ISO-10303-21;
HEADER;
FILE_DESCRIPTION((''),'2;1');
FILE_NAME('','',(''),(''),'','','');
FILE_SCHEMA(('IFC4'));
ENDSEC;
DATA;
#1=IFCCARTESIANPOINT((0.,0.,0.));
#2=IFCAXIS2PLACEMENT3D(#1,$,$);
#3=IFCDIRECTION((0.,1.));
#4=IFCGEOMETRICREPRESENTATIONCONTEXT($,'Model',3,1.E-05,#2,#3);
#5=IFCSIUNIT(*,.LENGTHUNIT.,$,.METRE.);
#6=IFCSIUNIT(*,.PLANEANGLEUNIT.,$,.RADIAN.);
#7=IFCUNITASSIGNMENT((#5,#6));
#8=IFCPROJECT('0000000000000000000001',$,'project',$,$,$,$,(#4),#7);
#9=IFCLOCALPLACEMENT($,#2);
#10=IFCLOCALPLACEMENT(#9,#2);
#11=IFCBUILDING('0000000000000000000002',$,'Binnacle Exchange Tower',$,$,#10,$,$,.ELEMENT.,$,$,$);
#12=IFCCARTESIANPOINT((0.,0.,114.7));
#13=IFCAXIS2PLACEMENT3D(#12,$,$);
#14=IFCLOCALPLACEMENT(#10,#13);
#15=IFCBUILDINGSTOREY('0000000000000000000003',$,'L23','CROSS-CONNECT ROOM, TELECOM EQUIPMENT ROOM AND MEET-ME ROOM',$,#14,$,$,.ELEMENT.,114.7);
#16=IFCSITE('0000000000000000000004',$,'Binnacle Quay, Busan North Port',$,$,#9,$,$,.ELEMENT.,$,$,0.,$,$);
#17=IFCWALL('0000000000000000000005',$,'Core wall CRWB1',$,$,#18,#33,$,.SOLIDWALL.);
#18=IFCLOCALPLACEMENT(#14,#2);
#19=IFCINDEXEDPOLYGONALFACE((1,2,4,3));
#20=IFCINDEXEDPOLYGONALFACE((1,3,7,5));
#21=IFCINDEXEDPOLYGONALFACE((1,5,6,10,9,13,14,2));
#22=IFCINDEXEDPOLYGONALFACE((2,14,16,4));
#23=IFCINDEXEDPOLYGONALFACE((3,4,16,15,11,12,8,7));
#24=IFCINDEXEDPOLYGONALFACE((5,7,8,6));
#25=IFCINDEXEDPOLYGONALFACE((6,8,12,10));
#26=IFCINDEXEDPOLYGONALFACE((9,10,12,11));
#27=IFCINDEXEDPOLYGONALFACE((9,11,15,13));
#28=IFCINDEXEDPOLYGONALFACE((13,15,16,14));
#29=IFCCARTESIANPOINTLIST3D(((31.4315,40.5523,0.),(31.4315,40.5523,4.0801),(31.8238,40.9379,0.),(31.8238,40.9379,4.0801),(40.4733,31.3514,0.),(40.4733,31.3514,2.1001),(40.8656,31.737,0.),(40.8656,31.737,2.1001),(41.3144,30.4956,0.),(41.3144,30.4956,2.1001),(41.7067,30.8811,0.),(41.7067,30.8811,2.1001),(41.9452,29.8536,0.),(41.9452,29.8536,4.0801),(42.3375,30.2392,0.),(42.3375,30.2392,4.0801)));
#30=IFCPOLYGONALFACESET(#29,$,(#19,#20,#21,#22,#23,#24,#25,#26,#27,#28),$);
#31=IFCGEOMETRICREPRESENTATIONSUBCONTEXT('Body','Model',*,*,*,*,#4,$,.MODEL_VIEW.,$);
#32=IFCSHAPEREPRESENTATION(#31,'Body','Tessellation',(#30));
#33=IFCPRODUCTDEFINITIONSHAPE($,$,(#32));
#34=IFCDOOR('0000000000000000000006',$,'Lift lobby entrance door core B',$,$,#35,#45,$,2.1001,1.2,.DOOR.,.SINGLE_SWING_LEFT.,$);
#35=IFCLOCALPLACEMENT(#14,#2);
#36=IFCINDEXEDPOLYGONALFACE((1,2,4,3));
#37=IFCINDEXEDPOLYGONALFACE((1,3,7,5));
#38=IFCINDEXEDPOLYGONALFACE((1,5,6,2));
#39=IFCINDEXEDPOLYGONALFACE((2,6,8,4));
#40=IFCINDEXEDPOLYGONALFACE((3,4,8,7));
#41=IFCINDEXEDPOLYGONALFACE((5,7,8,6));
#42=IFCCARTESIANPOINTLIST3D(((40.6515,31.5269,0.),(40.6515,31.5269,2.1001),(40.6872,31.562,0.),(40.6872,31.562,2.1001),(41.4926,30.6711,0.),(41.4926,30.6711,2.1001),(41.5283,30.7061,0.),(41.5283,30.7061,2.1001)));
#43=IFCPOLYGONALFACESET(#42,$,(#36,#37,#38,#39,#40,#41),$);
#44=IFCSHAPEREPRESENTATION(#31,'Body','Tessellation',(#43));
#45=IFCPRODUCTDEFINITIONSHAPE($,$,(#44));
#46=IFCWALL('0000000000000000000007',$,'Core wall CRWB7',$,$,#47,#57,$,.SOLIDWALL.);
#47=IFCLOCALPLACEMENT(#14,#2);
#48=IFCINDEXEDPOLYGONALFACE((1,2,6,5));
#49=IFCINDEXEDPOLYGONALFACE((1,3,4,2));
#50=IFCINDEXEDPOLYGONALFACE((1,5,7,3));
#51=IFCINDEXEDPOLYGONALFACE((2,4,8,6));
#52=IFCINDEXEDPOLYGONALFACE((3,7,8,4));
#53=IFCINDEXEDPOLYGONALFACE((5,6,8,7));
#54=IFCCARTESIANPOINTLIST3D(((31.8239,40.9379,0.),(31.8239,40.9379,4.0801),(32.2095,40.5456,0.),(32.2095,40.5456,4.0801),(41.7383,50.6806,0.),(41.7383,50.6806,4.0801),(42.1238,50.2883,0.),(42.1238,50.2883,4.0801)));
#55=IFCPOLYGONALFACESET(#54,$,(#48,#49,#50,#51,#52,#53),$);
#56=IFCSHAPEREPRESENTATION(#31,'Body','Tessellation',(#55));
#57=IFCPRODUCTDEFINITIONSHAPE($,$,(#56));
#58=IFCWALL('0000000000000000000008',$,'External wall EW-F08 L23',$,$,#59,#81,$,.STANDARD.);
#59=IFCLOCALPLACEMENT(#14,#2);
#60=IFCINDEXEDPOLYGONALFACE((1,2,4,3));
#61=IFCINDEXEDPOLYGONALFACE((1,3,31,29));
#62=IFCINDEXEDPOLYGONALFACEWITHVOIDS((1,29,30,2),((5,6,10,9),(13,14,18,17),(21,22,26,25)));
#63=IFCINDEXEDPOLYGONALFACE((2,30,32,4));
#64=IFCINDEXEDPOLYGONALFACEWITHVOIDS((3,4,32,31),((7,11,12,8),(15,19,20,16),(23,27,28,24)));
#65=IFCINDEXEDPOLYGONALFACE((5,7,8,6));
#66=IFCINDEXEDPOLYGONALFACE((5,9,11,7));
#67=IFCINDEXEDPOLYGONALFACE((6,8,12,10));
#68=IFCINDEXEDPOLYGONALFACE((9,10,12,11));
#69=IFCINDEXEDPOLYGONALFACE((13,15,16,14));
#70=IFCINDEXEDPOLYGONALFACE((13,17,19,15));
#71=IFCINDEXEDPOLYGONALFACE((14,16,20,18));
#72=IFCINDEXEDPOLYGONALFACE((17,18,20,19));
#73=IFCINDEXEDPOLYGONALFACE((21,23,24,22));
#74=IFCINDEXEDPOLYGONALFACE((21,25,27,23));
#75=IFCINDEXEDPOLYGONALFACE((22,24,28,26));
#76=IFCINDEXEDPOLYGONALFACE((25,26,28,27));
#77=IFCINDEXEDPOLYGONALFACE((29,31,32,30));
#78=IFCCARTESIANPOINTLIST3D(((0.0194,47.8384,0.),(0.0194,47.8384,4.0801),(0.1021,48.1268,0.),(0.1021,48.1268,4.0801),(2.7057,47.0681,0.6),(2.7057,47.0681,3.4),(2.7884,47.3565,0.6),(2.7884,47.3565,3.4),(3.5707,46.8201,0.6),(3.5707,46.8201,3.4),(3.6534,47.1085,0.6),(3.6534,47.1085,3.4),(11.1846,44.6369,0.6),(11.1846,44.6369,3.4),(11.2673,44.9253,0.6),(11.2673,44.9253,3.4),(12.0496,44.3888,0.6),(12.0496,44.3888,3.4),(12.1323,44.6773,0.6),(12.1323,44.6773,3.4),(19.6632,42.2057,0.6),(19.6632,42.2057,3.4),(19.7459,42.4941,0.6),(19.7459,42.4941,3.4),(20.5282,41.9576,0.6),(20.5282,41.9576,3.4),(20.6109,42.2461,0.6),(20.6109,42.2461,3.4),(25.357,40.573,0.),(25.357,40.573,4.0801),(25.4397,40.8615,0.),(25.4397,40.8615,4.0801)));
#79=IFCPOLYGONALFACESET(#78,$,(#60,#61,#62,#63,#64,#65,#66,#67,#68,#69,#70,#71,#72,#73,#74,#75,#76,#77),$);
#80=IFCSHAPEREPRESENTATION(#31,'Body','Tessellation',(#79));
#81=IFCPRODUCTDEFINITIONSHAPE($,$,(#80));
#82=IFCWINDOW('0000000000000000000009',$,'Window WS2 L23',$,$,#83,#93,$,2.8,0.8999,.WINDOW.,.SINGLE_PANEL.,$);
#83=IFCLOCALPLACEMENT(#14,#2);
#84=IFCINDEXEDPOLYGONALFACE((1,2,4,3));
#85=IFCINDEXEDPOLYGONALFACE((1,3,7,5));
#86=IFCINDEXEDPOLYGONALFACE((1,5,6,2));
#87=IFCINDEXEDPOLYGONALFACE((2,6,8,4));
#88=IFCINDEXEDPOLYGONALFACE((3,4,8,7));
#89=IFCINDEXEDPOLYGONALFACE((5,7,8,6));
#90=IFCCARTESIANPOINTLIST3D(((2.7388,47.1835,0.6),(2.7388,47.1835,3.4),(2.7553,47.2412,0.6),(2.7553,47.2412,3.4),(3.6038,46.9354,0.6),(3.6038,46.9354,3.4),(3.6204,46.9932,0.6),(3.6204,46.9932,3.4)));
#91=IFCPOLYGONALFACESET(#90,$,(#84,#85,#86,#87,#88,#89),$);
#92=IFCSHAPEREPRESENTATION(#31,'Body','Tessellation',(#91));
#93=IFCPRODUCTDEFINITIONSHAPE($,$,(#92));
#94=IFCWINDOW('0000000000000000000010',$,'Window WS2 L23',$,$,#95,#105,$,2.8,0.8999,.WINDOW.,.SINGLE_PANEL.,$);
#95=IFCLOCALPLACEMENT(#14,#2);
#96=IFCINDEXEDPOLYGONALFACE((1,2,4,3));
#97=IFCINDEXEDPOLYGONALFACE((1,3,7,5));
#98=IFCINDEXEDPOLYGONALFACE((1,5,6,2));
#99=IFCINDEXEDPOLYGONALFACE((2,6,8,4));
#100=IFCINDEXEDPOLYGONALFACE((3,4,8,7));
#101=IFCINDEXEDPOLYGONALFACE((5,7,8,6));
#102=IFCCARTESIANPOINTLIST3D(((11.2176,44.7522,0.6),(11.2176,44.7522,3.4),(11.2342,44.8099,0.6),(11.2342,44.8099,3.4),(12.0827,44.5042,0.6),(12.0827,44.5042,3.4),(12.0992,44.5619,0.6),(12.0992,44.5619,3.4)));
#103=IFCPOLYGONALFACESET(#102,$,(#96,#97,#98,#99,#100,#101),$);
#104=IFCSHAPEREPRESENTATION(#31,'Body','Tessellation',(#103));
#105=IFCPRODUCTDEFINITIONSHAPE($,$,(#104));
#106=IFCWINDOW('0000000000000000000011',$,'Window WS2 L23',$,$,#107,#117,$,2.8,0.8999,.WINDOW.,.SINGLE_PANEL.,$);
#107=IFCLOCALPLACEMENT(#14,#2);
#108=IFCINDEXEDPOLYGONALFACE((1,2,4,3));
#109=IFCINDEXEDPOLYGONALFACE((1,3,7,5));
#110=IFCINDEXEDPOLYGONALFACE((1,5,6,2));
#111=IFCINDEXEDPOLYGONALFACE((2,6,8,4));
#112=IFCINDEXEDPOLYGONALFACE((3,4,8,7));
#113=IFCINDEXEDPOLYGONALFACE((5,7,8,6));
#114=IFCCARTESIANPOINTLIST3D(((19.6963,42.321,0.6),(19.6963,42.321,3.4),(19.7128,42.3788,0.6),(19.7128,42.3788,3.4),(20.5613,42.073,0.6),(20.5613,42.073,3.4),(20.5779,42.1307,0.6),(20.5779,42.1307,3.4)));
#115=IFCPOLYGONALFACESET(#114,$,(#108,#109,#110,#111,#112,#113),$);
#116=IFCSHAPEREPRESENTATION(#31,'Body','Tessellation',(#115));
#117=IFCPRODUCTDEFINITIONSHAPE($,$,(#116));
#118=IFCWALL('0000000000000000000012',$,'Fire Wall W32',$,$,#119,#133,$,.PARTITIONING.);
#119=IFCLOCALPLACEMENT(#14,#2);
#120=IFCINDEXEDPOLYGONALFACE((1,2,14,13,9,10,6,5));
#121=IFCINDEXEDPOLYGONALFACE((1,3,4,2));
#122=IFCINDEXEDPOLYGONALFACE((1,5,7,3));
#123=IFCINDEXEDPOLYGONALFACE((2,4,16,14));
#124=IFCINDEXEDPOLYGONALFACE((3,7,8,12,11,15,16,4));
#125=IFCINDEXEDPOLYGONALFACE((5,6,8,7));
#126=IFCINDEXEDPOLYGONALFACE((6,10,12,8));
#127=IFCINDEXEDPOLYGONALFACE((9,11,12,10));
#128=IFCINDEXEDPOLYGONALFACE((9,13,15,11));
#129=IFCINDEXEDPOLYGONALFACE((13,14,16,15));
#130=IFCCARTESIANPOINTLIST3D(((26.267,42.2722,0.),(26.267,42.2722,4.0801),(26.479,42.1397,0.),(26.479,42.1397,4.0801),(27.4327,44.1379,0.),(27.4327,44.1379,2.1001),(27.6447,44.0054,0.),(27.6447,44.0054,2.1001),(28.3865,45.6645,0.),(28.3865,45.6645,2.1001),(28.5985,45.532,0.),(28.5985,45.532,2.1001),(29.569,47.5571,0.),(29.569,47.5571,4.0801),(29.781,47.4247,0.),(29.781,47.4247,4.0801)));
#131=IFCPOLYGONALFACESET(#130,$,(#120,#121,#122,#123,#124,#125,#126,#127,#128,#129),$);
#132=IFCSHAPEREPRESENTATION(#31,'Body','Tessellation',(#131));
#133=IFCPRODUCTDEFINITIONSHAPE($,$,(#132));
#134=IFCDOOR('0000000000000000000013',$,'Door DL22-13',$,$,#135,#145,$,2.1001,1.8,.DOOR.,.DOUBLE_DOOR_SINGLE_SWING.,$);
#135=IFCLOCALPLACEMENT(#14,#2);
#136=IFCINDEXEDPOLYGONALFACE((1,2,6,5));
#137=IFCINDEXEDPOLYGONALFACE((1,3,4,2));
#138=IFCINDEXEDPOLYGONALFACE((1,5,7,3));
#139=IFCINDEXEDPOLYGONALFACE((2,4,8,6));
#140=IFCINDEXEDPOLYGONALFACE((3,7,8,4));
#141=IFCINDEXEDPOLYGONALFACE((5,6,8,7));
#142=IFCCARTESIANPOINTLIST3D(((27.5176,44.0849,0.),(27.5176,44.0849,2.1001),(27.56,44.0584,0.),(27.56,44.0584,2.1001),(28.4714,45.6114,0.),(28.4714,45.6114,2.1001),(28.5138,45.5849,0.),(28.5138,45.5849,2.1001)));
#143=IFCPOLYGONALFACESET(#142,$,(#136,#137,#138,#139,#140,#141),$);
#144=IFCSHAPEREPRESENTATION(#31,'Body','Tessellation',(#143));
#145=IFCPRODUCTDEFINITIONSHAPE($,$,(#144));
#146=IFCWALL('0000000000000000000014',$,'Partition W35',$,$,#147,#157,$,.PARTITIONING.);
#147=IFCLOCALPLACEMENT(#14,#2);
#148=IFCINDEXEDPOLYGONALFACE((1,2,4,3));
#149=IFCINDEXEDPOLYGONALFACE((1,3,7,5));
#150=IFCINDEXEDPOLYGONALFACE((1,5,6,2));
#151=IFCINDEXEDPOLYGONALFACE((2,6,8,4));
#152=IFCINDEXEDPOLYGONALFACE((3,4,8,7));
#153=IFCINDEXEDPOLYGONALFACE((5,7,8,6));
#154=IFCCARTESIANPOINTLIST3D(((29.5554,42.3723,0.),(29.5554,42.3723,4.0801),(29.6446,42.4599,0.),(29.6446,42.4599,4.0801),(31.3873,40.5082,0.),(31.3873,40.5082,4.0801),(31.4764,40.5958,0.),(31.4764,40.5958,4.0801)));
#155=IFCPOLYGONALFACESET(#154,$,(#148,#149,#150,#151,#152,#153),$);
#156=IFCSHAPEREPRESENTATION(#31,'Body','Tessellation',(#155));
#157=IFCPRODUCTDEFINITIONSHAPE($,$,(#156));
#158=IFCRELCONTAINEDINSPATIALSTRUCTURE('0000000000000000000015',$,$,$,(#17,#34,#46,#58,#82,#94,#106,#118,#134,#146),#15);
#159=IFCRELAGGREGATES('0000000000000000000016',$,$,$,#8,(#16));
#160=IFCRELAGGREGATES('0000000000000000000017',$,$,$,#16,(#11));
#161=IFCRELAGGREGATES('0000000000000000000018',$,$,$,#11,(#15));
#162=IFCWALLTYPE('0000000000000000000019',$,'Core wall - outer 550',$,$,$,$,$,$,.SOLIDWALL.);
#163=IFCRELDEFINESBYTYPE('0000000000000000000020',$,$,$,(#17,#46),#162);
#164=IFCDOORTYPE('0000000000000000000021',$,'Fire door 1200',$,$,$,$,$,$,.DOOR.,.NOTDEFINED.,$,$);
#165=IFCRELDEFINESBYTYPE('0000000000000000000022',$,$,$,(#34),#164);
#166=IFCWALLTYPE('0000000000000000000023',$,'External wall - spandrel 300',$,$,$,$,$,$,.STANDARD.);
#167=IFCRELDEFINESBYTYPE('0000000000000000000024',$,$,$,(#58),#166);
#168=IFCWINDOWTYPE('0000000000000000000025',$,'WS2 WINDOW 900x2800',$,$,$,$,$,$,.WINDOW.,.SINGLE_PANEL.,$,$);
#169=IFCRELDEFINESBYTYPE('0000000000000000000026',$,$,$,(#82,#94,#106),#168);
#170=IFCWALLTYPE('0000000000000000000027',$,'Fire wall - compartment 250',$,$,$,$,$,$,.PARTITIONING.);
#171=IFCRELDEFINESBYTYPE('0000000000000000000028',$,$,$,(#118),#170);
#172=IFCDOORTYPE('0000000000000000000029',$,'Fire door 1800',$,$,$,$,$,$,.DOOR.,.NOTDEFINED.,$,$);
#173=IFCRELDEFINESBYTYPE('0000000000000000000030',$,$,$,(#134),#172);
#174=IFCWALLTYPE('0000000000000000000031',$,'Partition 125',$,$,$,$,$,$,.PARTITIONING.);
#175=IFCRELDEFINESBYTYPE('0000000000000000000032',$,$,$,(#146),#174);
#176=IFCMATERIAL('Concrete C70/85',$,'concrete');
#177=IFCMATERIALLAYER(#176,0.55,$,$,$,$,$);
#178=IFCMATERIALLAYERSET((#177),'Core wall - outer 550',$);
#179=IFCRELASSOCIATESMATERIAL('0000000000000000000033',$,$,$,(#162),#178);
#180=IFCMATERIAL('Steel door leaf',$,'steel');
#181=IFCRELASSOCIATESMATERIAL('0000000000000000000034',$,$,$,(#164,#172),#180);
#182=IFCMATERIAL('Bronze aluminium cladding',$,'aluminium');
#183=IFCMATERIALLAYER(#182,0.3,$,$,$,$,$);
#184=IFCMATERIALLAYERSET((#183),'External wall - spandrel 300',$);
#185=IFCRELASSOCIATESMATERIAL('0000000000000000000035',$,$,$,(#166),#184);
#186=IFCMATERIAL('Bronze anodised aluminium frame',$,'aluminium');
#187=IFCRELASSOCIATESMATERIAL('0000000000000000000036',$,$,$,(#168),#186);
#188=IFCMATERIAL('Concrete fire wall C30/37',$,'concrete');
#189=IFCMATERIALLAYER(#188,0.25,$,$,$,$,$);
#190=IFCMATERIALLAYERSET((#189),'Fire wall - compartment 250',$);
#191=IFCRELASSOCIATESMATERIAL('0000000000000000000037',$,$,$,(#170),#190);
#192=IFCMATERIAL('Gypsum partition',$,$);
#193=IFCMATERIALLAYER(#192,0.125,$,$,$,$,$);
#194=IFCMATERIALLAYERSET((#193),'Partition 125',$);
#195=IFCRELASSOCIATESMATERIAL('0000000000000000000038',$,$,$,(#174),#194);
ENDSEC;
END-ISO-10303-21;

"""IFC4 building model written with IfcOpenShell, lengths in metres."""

from ifc_helpers import new_model, si_unit, direction, frame, frame_2d, origin, place, context, subcontext, project, spatial, rectangle, extrude, material, layer, layer_set, type_object, element, fill, save


model = new_model("IFC4")

# Units and contexts
model_context = context("Model", 3, precision=1e-05, world=origin(), true_north=direction((0.0, 1.0)))
body_context = subcontext(model_context, "Body", "Model", "MODEL_VIEW")
ifc_project = project(units=[si_unit("LENGTHUNIT", "METRE"), si_unit("PLANEANGLEUNIT", "RADIAN")], contexts=[model_context])

# Site, building, storey
site_placement = place(None, origin())
site = spatial("IfcSite", under=ifc_project, at=site_placement, Name="Binnacle Quay, Busan North Port", CompositionType="ELEMENT", RefElevation=0.0)
building_placement = place(site_placement, origin())
building = spatial("IfcBuilding", under=site, at=building_placement, Name="Binnacle Exchange Tower", CompositionType="ELEMENT")
storey_placement = place(building_placement, frame((0.0, 0.0, 114.7)))
storey = spatial("IfcBuildingStorey", under=building, at=storey_placement, Name="L23", Description="CROSS-CONNECT ROOM, TELECOM EQUIPMENT ROOM AND MEET-ME ROOM", CompositionType="ELEMENT", Elevation=114.7)

# Shared definitions
ifc_material_1 = material(Name="Concrete C70/85", Category="concrete")

# Wall, opening, door
ifc_layer_1 = layer(ifc_material_1, 0.55)
ifc_layer_set_1 = layer_set([ifc_layer_1], Name="Core wall - outer 550")
wall_type_1 = type_object("IfcWallType", Name="Core wall - outer 550", PredefinedType="SOLIDWALL", material=ifc_layer_set_1)
wall_1_placement = place(storey_placement, frame((31.6277, 40.7451, 0.0), z_axis=(0.0, 0.0, 1.0), x_axis=(0.700911, -0.713248, 0.0)))
wall_1 = element("IfcWall", 1, at=wall_1_placement, inside=storey, type_object=wall_type_1, Name="Core wall CRWB1", PredefinedType="SOLIDWALL", context=body_context, shape_type="SweptSolid", body=[
    extrude(rectangle(XDim=15.0, YDim=0.55, at=frame_2d((7.5, 0.0))), origin(), (0.0, 0.0, 1.0), 4.0801),
])
opening_1_placement = place(wall_1_placement, frame((12.8999, 0.0, 0.0)))
opening_1 = element("IfcOpeningElement", 2, at=opening_1_placement, cuts=wall_1, PredefinedType="OPENING", context=body_context, shape_type="SweptSolid", body=[
    extrude(rectangle(XDim=1.2, YDim=2.1001, at=frame_2d((0.6001, 1.05))), frame((0.0, 0.2849, 0.0), z_axis=(0.0, -1.0, 0.0), x_axis=(1.0, 0.0, 0.0)), (0.0, 0.0, 1.0), 0.5701),
])
ifc_material_2 = material(Name="Steel door leaf", Category="steel")
door_type_1 = type_object("IfcDoorType", Name="Fire door 1200", OperationType="NOTDEFINED", PredefinedType="DOOR", material=ifc_material_2)
door_1_placement = place(opening_1_placement, frame((1.2, 0.0, 0.0), z_axis=(0.0, 0.0, 1.0), x_axis=(-1.0, 0.0, 0.0)))
door_1 = element("IfcDoor", 3, at=door_1_placement, inside=storey, type_object=door_type_1, Name="Lift lobby entrance door core B", OperationType="SINGLE_SWING_LEFT", OverallHeight=2.1001, OverallWidth=1.2, PredefinedType="DOOR", context=body_context, shape_type="SweptSolid", body=[
    extrude(rectangle(XDim=1.2, YDim=2.1001, at=frame_2d((0.6001, 1.05))), frame((0.0, 0.0249, 0.0), z_axis=(0.0, -1.0, 0.0), x_axis=(1.0, 0.0, 0.0)), (0.0, 0.0, 1.0), 0.05),
])
fill(opening_1, door_1)

# Wall
wall_2_placement = place(storey_placement, frame((32.0166, 40.7417, 0.0), z_axis=(0.0, 0.0, 1.0), x_axis=(0.713254, 0.700906, 0.0)))
element("IfcWall", 4, at=wall_2_placement, inside=storey, type_object=wall_type_1, Name="Core wall CRWB7", PredefinedType="SOLIDWALL", context=body_context, shape_type="SweptSolid", body=[
    extrude(rectangle(XDim=13.9001, YDim=0.55, at=frame_2d((6.9502, 0.0))), origin(), (0.0, 0.0, 1.0), 4.0801),
])

# Wall, openings, windows
ifc_material_3 = material(Name="Bronze aluminium cladding", Category="aluminium")
ifc_layer_2 = layer(ifc_material_3, 0.3)
ifc_layer_set_2 = layer_set([ifc_layer_2], Name="External wall - spandrel 300")
wall_type_2 = type_object("IfcWallType", Name="External wall - spandrel 300", PredefinedType="STANDARD", material=ifc_layer_set_2)
wall_3_placement = place(storey_placement, frame((25.3982, 40.7173, 0.0), z_axis=(0.0, 0.0, 1.0), x_axis=(-0.961262, 0.275635, 0.0)))
wall_3 = element("IfcWall", 5, at=wall_3_placement, inside=storey, type_object=wall_type_2, Name="External wall EW-F08 L23", PredefinedType="STANDARD", context=body_context, shape_type="SweptSolid", body=[
    extrude(rectangle(XDim=26.3586, YDim=0.3, at=frame_2d((13.1792, 0.0))), origin(), (0.0, 0.0, 1.0), 4.0801),
])
opening_2_placement = place(wall_3_placement, frame((22.6641, 0.0, 0.6001)))
opening_2 = element("IfcOpeningElement", 6, at=opening_2_placement, cuts=wall_3, PredefinedType="OPENING", context=body_context, shape_type="SweptSolid", body=[
    extrude(rectangle(XDim=0.8999, YDim=2.8, at=frame_2d((0.45, 1.3999))), frame((0.0, 0.1599, 0.0), z_axis=(0.0, -1.0, 0.0), x_axis=(1.0, 0.0, 0.0)), (0.0, 0.0, 1.0), 0.3201),
])
opening_3_placement = place(wall_3_placement, frame((13.8435, 0.0, 0.6001)))
opening_3 = element("IfcOpeningElement", 7, at=opening_3_placement, cuts=wall_3, PredefinedType="OPENING", context=body_context, shape_type="SweptSolid", body=[
    extrude(rectangle(XDim=0.8999, YDim=2.8, at=frame_2d((0.45, 1.3999))), frame((0.0, 0.1599, 0.0), z_axis=(0.0, -1.0, 0.0), x_axis=(1.0, 0.0, 0.0)), (0.0, 0.0, 1.0), 0.3201),
])
opening_4_placement = place(wall_3_placement, frame((5.0232, 0.0, 0.6001)))
opening_4 = element("IfcOpeningElement", 8, at=opening_4_placement, cuts=wall_3, PredefinedType="OPENING", context=body_context, shape_type="SweptSolid", body=[
    extrude(rectangle(XDim=0.8999, YDim=2.8, at=frame_2d((0.45, 1.3999))), frame((0.0, 0.1599, 0.0), z_axis=(0.0, -1.0, 0.0), x_axis=(1.0, 0.0, 0.0)), (0.0, 0.0, 1.0), 0.3201),
])
ifc_material_4 = material(Name="Bronze anodised aluminium frame", Category="aluminium")
window_type = type_object("IfcWindowType", Name="WS2 WINDOW 900x2800", PartitioningType="SINGLE_PANEL", PredefinedType="WINDOW", material=ifc_material_4)
window_1_placement = place(opening_2_placement, origin())
window_1 = element("IfcWindow", 9, at=window_1_placement, inside=storey, type_object=window_type, Name="Window WS2 L23", OverallHeight=2.8, OverallWidth=0.8999, PartitioningType="SINGLE_PANEL", PredefinedType="WINDOW", context=body_context, shape_type="SweptSolid", body=[
    extrude(rectangle(XDim=0.8999, YDim=2.8, at=frame_2d((0.45, 1.3999))), frame((0.0, 0.03, 0.0), z_axis=(0.0, -1.0, 0.0), x_axis=(1.0, 0.0, 0.0)), (0.0, 0.0, 1.0), 0.0601),
])
fill(opening_2, window_1)
window_2_placement = place(opening_3_placement, origin())
window_2 = element("IfcWindow", 10, at=window_2_placement, inside=storey, type_object=window_type, Name="Window WS2 L23", OverallHeight=2.8, OverallWidth=0.8999, PartitioningType="SINGLE_PANEL", PredefinedType="WINDOW", context=body_context, shape_type="SweptSolid", body=[
    extrude(rectangle(XDim=0.8999, YDim=2.8, at=frame_2d((0.45, 1.3999))), frame((0.0, 0.03, 0.0), z_axis=(0.0, -1.0, 0.0), x_axis=(1.0, 0.0, 0.0)), (0.0, 0.0, 1.0), 0.0601),
])
fill(opening_3, window_2)
window_3_placement = place(opening_4_placement, origin())
window_3 = element("IfcWindow", 11, at=window_3_placement, inside=storey, type_object=window_type, Name="Window WS2 L23", OverallHeight=2.8, OverallWidth=0.8999, PartitioningType="SINGLE_PANEL", PredefinedType="WINDOW", context=body_context, shape_type="SweptSolid", body=[
    extrude(rectangle(XDim=0.8999, YDim=2.8, at=frame_2d((0.45, 1.3999))), frame((0.0, 0.03, 0.0), z_axis=(0.0, -1.0, 0.0), x_axis=(1.0, 0.0, 0.0)), (0.0, 0.0, 1.0), 0.0601),
])
fill(opening_4, window_3)

# Wall, opening, door
ifc_material_5 = material(Name="Concrete fire wall C30/37", Category="concrete")
ifc_layer_3 = layer(ifc_material_5, 0.25)
ifc_layer_set_3 = layer_set([ifc_layer_3], Name="Fire wall - compartment 250")
wall_type_3 = type_object("IfcWallType", Name="Fire wall - compartment 250", PredefinedType="PARTITIONING", material=ifc_layer_set_3)
wall_4_placement = place(storey_placement, frame((26.373, 42.2061, 0.0), z_axis=(0.0, 0.0, 1.0), x_axis=(0.529876, 0.848075, 0.0)))
wall_4 = element("IfcWall", 12, at=wall_4_placement, inside=storey, type_object=wall_type_3, Name="Fire Wall W32", PredefinedType="PARTITIONING", context=body_context, shape_type="SweptSolid", body=[
    extrude(rectangle(XDim=6.2317, YDim=0.25, at=frame_2d((3.1157, 0.0))), origin(), (0.0, 0.0, 1.0), 4.0801),
])
opening_5_placement = place(wall_4_placement, frame((2.2, 0.0, 0.0)))
opening_5 = element("IfcOpeningElement", 13, at=opening_5_placement, cuts=wall_4, PredefinedType="OPENING", context=body_context, shape_type="SweptSolid", body=[
    extrude(rectangle(XDim=1.8, YDim=2.1001, at=frame_2d((0.8999, 1.05))), frame((0.0, 0.135, 0.0), z_axis=(0.0, -1.0, 0.0), x_axis=(1.0, 0.0, 0.0)), (0.0, 0.0, 1.0), 0.27),
])
door_type_2 = type_object("IfcDoorType", Name="Fire door 1800", OperationType="NOTDEFINED", PredefinedType="DOOR", material=ifc_material_2)
door_2_placement = place(opening_5_placement, origin())
door_2 = element("IfcDoor", 14, at=door_2_placement, inside=storey, type_object=door_type_2, Name="Door DL22-13", OperationType="DOUBLE_DOOR_SINGLE_SWING", OverallHeight=2.1001, OverallWidth=1.8, PredefinedType="DOOR", context=body_context, shape_type="SweptSolid", body=[
    extrude(rectangle(XDim=1.8, YDim=2.1001, at=frame_2d((0.8999, 1.05))), frame((0.0, 0.0249, 0.0), z_axis=(0.0, -1.0, 0.0), x_axis=(1.0, 0.0, 0.0)), (0.0, 0.0, 1.0), 0.05),
])
fill(opening_5, door_2)

# Wall
ifc_material_6 = material(Name="Gypsum partition")
ifc_layer_4 = layer(ifc_material_6, 0.125)
ifc_layer_set_4 = layer_set([ifc_layer_4], Name="Partition 125")
wall_type_4 = type_object("IfcWallType", Name="Partition 125", PredefinedType="PARTITIONING", material=ifc_layer_set_4)
wall_5_placement = place(storey_placement, frame((29.6001, 42.416, 0.0), z_axis=(0.0, 0.0, 1.0), x_axis=(0.700914, -0.713245, 0.0)))
element("IfcWall", 15, at=wall_5_placement, inside=storey, type_object=wall_type_4, Name="Partition W35", PredefinedType="PARTITIONING", context=body_context, shape_type="SweptSolid", body=[
    extrude(rectangle(XDim=2.6135, YDim=0.125, at=frame_2d((1.3066, 0.0))), origin(), (0.0, 0.0, 1.0), 4.0801),
])

save(model, "model.ifc")
